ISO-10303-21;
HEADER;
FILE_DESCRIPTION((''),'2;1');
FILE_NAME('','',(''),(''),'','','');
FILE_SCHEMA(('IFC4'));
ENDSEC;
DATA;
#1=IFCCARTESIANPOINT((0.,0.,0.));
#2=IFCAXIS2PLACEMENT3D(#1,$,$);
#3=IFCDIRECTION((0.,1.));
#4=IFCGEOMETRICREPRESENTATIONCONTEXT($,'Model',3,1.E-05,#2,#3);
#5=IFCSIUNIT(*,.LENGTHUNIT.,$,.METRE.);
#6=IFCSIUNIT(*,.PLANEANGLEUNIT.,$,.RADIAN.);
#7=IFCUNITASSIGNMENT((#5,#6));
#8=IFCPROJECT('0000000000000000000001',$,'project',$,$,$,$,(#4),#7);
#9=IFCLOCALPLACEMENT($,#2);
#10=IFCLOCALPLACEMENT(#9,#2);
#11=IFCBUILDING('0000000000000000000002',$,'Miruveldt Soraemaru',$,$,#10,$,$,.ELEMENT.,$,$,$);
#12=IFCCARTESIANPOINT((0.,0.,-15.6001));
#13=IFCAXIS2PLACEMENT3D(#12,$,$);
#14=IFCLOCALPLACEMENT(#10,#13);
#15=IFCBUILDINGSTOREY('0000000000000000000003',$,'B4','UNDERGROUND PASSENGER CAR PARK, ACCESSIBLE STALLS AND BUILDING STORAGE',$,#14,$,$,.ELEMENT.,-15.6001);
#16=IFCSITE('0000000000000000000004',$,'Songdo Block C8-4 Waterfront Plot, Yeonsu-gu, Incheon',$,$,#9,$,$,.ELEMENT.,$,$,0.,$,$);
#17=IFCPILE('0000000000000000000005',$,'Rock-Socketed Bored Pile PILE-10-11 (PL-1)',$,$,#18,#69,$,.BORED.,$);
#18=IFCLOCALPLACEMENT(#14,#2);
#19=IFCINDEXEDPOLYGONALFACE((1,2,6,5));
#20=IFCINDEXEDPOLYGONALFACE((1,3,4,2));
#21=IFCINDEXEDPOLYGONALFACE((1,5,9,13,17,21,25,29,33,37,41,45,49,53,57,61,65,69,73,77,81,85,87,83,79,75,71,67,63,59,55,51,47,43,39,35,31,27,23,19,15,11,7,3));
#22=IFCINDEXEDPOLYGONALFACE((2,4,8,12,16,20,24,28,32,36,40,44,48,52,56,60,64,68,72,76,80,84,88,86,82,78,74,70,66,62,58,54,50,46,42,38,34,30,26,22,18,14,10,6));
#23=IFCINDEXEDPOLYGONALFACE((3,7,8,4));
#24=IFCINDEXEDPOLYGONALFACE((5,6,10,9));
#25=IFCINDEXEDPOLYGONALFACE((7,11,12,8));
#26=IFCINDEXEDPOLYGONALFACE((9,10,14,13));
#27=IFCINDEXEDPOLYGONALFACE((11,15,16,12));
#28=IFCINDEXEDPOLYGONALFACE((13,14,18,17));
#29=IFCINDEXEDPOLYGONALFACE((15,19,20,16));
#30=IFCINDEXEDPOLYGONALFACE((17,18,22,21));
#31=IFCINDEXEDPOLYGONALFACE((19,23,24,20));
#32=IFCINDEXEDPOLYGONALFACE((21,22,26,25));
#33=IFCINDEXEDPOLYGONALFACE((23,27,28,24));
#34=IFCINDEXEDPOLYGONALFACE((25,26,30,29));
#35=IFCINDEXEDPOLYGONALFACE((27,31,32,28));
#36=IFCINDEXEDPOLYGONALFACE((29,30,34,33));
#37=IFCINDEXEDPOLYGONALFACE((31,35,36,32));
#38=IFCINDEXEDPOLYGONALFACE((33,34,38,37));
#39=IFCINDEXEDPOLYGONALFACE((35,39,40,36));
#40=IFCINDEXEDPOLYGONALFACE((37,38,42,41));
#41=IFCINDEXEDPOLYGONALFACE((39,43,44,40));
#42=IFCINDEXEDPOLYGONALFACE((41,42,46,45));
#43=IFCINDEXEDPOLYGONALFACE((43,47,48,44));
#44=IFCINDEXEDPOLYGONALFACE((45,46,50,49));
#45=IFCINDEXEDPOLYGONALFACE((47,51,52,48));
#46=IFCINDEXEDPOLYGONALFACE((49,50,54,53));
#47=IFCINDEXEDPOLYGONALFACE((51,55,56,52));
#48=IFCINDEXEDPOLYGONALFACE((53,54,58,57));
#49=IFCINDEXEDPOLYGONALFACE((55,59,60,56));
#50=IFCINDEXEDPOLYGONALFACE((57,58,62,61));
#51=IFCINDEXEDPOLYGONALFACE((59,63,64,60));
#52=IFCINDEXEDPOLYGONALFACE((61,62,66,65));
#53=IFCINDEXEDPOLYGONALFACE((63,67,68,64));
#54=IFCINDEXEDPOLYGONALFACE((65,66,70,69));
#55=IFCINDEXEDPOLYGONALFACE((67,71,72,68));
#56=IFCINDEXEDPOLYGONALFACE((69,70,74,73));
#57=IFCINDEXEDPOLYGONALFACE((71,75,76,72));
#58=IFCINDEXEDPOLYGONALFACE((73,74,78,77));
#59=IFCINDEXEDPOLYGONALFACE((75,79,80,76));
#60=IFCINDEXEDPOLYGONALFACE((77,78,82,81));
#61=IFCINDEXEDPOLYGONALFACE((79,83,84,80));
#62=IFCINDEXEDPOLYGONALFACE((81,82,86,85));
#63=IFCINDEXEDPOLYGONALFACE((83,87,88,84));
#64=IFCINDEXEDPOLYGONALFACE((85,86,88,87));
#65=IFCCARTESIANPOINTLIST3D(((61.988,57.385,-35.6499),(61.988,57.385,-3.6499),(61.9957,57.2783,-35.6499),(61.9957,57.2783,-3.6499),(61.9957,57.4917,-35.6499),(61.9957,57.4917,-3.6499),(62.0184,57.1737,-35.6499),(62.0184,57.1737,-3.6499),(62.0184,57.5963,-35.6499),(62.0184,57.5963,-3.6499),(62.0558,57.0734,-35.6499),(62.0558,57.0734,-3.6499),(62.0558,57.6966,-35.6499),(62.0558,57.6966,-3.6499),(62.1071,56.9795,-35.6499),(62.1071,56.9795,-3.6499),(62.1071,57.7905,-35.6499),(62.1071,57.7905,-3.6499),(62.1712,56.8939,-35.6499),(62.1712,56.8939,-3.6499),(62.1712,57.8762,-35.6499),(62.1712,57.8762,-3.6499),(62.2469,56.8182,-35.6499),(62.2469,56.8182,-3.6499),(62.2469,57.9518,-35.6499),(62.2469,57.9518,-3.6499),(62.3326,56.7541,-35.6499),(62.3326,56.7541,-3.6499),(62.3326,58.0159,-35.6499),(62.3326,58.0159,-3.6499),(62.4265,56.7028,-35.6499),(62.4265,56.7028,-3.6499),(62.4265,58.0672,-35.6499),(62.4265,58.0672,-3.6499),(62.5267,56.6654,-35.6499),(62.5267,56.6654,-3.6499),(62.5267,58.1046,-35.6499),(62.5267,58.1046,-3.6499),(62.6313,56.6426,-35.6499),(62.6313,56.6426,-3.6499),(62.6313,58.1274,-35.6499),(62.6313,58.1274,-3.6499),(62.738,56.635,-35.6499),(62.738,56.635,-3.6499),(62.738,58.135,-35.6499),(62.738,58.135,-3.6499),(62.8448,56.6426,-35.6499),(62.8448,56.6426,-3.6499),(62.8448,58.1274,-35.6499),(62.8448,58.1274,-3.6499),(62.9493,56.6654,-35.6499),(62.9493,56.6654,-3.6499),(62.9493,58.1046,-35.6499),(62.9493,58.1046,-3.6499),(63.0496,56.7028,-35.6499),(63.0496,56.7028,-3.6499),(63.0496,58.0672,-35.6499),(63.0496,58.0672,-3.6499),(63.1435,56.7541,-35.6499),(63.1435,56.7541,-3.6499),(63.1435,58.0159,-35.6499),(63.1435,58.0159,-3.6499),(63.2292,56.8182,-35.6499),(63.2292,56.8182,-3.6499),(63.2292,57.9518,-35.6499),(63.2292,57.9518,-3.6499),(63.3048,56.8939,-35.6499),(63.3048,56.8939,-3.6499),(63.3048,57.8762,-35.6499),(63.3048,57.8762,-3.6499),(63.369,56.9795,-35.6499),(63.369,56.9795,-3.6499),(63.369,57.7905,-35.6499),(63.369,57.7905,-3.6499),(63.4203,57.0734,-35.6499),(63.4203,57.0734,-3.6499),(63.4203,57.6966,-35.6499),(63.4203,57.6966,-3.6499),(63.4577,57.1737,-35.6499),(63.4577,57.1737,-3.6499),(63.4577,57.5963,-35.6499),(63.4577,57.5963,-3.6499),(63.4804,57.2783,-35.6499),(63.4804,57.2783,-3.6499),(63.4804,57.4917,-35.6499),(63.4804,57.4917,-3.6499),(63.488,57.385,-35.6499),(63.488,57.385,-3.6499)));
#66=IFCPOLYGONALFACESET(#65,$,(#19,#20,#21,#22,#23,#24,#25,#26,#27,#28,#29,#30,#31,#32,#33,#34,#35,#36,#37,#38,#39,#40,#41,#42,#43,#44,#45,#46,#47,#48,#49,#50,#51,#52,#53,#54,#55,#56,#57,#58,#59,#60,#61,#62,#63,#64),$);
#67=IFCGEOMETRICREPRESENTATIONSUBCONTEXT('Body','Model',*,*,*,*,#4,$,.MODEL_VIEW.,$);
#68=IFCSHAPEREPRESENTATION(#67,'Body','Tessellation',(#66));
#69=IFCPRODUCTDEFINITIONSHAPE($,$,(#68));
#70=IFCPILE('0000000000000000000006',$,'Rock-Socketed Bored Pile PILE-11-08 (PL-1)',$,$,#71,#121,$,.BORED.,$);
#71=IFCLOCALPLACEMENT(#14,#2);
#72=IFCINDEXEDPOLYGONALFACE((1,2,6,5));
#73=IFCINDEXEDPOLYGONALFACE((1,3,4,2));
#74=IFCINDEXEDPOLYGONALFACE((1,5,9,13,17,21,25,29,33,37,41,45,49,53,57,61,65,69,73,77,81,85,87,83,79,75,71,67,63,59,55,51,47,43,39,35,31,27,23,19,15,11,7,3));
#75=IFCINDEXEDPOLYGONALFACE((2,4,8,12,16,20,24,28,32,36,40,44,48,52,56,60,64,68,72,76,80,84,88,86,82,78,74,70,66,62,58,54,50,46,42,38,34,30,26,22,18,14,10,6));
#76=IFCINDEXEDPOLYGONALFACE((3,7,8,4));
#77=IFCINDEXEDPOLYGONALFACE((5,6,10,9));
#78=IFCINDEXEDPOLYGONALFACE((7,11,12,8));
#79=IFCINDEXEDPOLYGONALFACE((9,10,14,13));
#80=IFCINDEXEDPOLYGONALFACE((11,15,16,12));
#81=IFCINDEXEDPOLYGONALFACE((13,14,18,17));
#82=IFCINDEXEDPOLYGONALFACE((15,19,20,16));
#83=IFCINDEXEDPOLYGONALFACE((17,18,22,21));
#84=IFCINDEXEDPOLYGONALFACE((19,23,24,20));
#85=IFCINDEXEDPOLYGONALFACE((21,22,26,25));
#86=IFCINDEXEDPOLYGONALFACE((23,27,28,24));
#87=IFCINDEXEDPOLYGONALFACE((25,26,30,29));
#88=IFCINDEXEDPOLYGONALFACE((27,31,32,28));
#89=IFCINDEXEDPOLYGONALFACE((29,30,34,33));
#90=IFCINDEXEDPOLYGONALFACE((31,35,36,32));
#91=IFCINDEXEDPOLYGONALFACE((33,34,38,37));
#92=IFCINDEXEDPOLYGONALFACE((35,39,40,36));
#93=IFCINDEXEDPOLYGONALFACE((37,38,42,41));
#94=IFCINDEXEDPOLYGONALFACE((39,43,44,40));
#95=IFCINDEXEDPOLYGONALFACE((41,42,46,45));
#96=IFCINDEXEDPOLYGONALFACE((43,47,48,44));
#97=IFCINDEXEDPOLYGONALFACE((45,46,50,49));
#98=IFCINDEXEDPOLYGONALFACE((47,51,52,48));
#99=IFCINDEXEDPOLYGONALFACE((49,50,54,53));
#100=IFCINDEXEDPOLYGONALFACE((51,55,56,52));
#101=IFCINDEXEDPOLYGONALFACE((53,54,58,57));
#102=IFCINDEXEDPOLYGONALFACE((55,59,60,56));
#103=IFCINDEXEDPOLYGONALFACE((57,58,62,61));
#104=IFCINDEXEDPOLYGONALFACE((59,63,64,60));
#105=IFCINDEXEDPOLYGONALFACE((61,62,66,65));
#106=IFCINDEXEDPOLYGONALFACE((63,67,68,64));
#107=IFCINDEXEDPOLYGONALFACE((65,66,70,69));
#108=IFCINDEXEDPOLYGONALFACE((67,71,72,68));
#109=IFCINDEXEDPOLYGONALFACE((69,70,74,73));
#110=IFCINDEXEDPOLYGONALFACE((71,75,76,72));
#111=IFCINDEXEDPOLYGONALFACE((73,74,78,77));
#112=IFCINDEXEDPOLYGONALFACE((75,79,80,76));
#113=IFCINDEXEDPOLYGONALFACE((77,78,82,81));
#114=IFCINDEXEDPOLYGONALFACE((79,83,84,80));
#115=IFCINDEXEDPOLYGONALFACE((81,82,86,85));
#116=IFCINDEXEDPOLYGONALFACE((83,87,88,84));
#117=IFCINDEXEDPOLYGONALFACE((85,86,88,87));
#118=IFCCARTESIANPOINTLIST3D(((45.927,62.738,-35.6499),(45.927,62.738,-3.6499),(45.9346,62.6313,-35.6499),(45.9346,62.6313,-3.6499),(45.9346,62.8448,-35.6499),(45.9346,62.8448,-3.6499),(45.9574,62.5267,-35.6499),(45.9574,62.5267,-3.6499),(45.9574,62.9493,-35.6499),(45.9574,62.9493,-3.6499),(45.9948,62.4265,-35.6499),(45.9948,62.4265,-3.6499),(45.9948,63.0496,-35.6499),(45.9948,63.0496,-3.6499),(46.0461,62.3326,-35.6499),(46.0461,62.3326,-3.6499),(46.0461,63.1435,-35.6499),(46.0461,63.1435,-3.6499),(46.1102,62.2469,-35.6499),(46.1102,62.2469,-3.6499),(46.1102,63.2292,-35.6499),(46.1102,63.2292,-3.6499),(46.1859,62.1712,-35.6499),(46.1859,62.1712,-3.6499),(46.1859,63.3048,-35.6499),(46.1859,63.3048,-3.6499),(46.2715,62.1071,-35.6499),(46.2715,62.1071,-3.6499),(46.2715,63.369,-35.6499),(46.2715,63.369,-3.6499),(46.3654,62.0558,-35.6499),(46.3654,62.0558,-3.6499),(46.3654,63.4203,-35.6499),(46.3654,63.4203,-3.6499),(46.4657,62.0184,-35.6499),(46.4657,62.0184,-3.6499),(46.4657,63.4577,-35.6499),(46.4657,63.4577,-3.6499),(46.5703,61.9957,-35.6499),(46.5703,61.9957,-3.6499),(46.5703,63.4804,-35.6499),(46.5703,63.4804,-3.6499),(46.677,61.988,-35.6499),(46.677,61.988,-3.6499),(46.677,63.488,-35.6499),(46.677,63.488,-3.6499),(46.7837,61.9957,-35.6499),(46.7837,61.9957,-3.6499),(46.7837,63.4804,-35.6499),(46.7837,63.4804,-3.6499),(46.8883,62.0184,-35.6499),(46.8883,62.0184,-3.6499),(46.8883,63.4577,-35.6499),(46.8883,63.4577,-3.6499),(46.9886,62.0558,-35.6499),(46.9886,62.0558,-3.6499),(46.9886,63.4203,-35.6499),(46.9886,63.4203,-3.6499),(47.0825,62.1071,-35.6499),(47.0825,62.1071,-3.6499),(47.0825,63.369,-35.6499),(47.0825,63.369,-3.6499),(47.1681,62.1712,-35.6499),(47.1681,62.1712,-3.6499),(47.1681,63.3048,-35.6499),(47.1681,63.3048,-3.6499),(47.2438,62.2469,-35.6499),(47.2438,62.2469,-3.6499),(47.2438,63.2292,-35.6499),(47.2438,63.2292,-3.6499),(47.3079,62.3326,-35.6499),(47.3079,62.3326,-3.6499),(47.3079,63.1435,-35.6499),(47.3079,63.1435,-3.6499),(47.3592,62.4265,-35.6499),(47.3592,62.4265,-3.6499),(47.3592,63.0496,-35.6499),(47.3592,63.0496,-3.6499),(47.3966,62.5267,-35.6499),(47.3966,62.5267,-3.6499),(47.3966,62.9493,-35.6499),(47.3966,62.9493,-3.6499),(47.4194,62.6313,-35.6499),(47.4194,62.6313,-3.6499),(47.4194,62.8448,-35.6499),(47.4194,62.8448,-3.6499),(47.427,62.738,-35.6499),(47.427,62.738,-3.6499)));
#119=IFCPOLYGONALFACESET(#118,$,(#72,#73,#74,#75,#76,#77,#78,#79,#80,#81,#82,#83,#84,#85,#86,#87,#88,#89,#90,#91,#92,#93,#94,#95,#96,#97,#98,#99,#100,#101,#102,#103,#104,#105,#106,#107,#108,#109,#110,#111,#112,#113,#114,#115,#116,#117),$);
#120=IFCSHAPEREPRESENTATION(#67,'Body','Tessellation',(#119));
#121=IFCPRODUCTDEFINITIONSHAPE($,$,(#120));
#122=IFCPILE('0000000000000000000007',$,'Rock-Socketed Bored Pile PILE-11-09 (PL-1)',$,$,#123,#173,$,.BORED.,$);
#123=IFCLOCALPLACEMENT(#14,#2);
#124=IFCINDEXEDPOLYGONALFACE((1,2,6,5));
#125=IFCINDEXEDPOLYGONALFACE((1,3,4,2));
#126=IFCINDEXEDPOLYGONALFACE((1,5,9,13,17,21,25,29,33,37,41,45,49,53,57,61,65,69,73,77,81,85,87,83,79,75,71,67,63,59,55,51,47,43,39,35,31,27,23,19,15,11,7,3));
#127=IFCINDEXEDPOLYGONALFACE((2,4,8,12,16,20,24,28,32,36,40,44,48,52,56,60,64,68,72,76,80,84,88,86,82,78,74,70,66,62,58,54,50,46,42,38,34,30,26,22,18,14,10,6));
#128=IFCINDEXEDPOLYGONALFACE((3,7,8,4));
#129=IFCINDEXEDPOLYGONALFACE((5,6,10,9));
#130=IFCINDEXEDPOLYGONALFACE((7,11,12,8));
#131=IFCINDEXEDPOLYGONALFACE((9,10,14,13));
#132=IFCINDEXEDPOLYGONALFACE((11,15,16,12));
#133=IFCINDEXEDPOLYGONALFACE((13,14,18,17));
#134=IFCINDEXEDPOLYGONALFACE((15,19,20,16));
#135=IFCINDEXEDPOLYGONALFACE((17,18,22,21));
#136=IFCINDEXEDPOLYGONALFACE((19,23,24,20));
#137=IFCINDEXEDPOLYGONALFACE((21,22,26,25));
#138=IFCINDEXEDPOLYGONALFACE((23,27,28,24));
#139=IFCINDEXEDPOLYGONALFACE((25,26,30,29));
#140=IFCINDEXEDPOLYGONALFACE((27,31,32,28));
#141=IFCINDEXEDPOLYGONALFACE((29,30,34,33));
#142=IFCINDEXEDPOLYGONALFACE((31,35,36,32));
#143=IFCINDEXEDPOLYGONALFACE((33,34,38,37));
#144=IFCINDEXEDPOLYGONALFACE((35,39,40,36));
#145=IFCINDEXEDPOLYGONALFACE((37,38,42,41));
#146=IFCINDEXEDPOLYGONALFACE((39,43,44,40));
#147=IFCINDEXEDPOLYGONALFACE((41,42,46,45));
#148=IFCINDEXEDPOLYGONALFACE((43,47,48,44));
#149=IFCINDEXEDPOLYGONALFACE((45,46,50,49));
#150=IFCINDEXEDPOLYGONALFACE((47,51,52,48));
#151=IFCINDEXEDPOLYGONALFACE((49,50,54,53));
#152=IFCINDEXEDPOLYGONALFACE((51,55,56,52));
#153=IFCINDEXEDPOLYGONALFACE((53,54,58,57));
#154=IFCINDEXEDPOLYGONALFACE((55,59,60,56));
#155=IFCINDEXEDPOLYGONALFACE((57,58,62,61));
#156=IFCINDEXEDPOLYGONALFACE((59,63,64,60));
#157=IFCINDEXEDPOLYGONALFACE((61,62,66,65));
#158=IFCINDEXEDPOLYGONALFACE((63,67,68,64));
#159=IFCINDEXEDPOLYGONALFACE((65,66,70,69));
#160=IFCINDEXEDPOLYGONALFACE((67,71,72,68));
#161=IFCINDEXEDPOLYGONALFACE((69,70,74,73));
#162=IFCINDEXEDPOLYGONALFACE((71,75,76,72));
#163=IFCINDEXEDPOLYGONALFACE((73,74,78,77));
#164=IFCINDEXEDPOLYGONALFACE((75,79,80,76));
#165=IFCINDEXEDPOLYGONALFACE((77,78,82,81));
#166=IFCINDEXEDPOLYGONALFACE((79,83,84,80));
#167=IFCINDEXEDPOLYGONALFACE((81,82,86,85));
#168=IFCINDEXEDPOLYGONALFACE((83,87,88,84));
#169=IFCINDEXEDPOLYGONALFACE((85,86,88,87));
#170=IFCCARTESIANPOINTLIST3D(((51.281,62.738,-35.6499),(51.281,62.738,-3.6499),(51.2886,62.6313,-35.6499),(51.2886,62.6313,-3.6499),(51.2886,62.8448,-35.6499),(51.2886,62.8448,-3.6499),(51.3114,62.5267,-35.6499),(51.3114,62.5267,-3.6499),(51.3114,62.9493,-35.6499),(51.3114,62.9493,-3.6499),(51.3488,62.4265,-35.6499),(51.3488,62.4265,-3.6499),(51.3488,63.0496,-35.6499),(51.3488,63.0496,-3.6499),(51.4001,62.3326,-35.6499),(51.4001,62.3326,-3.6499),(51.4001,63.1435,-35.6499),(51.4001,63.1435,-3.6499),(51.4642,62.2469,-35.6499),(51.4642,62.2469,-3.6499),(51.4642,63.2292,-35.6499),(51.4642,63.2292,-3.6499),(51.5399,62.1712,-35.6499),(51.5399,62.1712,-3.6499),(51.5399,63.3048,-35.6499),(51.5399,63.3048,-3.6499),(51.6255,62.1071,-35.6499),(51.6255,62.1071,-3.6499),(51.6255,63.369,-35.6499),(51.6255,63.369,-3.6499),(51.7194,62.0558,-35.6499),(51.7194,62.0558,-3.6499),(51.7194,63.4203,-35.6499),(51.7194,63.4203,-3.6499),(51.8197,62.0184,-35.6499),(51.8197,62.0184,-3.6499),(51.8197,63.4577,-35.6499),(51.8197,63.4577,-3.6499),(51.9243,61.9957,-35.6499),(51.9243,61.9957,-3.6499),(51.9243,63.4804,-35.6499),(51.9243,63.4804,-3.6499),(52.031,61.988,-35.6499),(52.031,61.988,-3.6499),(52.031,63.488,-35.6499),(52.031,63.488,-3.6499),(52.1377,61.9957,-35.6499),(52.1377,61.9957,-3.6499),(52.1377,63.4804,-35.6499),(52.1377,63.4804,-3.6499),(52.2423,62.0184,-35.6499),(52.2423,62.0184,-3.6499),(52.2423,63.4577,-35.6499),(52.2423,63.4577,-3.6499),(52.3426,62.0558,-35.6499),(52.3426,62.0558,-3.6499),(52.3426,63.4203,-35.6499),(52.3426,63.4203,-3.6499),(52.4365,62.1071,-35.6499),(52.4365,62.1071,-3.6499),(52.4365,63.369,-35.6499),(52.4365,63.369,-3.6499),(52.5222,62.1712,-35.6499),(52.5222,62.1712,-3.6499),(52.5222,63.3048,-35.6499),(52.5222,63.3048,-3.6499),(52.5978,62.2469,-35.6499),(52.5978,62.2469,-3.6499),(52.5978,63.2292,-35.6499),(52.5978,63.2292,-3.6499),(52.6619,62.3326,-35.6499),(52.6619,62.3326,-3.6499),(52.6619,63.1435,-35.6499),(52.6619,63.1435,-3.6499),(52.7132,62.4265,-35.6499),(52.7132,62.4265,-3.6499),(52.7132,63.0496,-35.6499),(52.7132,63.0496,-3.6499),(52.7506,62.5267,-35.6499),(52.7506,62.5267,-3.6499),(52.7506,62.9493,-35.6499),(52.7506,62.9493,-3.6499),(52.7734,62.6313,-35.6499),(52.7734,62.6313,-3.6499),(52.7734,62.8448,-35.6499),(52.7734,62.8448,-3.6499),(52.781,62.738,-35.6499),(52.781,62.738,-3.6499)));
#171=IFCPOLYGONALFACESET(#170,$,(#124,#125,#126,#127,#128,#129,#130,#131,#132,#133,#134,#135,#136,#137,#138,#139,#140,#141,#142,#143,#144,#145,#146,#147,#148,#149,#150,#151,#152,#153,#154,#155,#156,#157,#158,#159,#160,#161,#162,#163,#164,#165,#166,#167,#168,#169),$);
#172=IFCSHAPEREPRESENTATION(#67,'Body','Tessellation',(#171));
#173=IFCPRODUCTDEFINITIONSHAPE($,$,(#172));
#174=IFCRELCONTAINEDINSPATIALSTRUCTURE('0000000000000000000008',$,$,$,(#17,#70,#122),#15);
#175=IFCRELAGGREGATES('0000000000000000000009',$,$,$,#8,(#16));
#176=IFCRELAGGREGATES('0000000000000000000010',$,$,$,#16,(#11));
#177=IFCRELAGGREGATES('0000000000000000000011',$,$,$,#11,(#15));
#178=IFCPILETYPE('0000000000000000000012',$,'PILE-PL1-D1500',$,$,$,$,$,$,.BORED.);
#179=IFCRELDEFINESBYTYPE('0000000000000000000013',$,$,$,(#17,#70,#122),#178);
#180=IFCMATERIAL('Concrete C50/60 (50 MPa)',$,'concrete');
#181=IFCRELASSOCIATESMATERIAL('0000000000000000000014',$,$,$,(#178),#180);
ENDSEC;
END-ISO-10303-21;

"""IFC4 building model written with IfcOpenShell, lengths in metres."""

from ifc_helpers import new_model, si_unit, direction, frame, origin, origin_2d, place, context, subcontext, project, spatial, circle, extrude, material, material_profile, profile_set, type_object, element, save


model = new_model("IFC4")

# Units and contexts
model_context = context("Model", 3, precision=1e-05, world=origin(), true_north=direction((0.0, 1.0)))
body_context = subcontext(model_context, "Body", "Model", "MODEL_VIEW")
ifc_project = project(units=[si_unit("LENGTHUNIT", "METRE"), si_unit("PLANEANGLEUNIT", "RADIAN")], contexts=[model_context])

# Site, building, storey
site_placement = place(None, origin())
site = spatial("IfcSite", under=ifc_project, at=site_placement, Name="Songdo Block C8-4 Waterfront Plot, Yeonsu-gu, Incheon", CompositionType="ELEMENT", RefElevation=0.0)
building_placement = place(site_placement, origin())
building = spatial("IfcBuilding", under=site, at=building_placement, Name="Miruveldt Soraemaru", CompositionType="ELEMENT")
storey_placement = place(building_placement, frame((0.0, 0.0, -15.6001)))
storey = spatial("IfcBuildingStorey", under=building, at=storey_placement, Name="B4", Description="UNDERGROUND PASSENGER CAR PARK, ACCESSIBLE STALLS AND BUILDING STORAGE", CompositionType="ELEMENT", Elevation=-15.6001)

# Piles
ifc_material_1 = material(Name="Concrete C50/60 (50 MPa)", Category="concrete")
ifc_material_profile_1 = material_profile(ifc_material_1, circle(Radius=0.75, at=origin_2d()), Name="Concrete C50/60 (50 MPa)", Category="concrete")
ifc_profile_set_1 = profile_set([ifc_material_profile_1], Name="Concrete C50/60 (50 MPa)")
pile_type_1 = type_object("IfcPileType", Name="PILE-PL1-D1500", PredefinedType="BORED", material=ifc_profile_set_1)
for number, where, z_axis, x_axis, name in (
    (1, (62.738, 57.385, -3.6499), (0.0, 0.0, -1.0), (1.0, 0.0, 0.0), "Rock-Socketed Bored Pile PILE-10-11 (PL-1)"),
    (2, (46.677, 62.738, -3.6499), (0.0, 0.0, -1.0), (1.0, 0.0, 0.0), "Rock-Socketed Bored Pile PILE-11-08 (PL-1)"),
    (3, (52.031, 62.738, -3.6499), (0.0, 0.0, -1.0), (1.0, 0.0, 0.0), "Rock-Socketed Bored Pile PILE-11-09 (PL-1)"),
):
    element("IfcPile", number, at=place(storey_placement, frame(where, z_axis=z_axis, x_axis=x_axis)), inside=storey, type_object=pile_type_1, Name=name, PredefinedType="BORED", context=body_context, shape_type="SweptSolid", body=[
        extrude(circle(Radius=0.75, at=origin_2d()), origin(), (0.0, 0.0, 1.0), 32.0),
    ])

save(model, "model.ifc")
